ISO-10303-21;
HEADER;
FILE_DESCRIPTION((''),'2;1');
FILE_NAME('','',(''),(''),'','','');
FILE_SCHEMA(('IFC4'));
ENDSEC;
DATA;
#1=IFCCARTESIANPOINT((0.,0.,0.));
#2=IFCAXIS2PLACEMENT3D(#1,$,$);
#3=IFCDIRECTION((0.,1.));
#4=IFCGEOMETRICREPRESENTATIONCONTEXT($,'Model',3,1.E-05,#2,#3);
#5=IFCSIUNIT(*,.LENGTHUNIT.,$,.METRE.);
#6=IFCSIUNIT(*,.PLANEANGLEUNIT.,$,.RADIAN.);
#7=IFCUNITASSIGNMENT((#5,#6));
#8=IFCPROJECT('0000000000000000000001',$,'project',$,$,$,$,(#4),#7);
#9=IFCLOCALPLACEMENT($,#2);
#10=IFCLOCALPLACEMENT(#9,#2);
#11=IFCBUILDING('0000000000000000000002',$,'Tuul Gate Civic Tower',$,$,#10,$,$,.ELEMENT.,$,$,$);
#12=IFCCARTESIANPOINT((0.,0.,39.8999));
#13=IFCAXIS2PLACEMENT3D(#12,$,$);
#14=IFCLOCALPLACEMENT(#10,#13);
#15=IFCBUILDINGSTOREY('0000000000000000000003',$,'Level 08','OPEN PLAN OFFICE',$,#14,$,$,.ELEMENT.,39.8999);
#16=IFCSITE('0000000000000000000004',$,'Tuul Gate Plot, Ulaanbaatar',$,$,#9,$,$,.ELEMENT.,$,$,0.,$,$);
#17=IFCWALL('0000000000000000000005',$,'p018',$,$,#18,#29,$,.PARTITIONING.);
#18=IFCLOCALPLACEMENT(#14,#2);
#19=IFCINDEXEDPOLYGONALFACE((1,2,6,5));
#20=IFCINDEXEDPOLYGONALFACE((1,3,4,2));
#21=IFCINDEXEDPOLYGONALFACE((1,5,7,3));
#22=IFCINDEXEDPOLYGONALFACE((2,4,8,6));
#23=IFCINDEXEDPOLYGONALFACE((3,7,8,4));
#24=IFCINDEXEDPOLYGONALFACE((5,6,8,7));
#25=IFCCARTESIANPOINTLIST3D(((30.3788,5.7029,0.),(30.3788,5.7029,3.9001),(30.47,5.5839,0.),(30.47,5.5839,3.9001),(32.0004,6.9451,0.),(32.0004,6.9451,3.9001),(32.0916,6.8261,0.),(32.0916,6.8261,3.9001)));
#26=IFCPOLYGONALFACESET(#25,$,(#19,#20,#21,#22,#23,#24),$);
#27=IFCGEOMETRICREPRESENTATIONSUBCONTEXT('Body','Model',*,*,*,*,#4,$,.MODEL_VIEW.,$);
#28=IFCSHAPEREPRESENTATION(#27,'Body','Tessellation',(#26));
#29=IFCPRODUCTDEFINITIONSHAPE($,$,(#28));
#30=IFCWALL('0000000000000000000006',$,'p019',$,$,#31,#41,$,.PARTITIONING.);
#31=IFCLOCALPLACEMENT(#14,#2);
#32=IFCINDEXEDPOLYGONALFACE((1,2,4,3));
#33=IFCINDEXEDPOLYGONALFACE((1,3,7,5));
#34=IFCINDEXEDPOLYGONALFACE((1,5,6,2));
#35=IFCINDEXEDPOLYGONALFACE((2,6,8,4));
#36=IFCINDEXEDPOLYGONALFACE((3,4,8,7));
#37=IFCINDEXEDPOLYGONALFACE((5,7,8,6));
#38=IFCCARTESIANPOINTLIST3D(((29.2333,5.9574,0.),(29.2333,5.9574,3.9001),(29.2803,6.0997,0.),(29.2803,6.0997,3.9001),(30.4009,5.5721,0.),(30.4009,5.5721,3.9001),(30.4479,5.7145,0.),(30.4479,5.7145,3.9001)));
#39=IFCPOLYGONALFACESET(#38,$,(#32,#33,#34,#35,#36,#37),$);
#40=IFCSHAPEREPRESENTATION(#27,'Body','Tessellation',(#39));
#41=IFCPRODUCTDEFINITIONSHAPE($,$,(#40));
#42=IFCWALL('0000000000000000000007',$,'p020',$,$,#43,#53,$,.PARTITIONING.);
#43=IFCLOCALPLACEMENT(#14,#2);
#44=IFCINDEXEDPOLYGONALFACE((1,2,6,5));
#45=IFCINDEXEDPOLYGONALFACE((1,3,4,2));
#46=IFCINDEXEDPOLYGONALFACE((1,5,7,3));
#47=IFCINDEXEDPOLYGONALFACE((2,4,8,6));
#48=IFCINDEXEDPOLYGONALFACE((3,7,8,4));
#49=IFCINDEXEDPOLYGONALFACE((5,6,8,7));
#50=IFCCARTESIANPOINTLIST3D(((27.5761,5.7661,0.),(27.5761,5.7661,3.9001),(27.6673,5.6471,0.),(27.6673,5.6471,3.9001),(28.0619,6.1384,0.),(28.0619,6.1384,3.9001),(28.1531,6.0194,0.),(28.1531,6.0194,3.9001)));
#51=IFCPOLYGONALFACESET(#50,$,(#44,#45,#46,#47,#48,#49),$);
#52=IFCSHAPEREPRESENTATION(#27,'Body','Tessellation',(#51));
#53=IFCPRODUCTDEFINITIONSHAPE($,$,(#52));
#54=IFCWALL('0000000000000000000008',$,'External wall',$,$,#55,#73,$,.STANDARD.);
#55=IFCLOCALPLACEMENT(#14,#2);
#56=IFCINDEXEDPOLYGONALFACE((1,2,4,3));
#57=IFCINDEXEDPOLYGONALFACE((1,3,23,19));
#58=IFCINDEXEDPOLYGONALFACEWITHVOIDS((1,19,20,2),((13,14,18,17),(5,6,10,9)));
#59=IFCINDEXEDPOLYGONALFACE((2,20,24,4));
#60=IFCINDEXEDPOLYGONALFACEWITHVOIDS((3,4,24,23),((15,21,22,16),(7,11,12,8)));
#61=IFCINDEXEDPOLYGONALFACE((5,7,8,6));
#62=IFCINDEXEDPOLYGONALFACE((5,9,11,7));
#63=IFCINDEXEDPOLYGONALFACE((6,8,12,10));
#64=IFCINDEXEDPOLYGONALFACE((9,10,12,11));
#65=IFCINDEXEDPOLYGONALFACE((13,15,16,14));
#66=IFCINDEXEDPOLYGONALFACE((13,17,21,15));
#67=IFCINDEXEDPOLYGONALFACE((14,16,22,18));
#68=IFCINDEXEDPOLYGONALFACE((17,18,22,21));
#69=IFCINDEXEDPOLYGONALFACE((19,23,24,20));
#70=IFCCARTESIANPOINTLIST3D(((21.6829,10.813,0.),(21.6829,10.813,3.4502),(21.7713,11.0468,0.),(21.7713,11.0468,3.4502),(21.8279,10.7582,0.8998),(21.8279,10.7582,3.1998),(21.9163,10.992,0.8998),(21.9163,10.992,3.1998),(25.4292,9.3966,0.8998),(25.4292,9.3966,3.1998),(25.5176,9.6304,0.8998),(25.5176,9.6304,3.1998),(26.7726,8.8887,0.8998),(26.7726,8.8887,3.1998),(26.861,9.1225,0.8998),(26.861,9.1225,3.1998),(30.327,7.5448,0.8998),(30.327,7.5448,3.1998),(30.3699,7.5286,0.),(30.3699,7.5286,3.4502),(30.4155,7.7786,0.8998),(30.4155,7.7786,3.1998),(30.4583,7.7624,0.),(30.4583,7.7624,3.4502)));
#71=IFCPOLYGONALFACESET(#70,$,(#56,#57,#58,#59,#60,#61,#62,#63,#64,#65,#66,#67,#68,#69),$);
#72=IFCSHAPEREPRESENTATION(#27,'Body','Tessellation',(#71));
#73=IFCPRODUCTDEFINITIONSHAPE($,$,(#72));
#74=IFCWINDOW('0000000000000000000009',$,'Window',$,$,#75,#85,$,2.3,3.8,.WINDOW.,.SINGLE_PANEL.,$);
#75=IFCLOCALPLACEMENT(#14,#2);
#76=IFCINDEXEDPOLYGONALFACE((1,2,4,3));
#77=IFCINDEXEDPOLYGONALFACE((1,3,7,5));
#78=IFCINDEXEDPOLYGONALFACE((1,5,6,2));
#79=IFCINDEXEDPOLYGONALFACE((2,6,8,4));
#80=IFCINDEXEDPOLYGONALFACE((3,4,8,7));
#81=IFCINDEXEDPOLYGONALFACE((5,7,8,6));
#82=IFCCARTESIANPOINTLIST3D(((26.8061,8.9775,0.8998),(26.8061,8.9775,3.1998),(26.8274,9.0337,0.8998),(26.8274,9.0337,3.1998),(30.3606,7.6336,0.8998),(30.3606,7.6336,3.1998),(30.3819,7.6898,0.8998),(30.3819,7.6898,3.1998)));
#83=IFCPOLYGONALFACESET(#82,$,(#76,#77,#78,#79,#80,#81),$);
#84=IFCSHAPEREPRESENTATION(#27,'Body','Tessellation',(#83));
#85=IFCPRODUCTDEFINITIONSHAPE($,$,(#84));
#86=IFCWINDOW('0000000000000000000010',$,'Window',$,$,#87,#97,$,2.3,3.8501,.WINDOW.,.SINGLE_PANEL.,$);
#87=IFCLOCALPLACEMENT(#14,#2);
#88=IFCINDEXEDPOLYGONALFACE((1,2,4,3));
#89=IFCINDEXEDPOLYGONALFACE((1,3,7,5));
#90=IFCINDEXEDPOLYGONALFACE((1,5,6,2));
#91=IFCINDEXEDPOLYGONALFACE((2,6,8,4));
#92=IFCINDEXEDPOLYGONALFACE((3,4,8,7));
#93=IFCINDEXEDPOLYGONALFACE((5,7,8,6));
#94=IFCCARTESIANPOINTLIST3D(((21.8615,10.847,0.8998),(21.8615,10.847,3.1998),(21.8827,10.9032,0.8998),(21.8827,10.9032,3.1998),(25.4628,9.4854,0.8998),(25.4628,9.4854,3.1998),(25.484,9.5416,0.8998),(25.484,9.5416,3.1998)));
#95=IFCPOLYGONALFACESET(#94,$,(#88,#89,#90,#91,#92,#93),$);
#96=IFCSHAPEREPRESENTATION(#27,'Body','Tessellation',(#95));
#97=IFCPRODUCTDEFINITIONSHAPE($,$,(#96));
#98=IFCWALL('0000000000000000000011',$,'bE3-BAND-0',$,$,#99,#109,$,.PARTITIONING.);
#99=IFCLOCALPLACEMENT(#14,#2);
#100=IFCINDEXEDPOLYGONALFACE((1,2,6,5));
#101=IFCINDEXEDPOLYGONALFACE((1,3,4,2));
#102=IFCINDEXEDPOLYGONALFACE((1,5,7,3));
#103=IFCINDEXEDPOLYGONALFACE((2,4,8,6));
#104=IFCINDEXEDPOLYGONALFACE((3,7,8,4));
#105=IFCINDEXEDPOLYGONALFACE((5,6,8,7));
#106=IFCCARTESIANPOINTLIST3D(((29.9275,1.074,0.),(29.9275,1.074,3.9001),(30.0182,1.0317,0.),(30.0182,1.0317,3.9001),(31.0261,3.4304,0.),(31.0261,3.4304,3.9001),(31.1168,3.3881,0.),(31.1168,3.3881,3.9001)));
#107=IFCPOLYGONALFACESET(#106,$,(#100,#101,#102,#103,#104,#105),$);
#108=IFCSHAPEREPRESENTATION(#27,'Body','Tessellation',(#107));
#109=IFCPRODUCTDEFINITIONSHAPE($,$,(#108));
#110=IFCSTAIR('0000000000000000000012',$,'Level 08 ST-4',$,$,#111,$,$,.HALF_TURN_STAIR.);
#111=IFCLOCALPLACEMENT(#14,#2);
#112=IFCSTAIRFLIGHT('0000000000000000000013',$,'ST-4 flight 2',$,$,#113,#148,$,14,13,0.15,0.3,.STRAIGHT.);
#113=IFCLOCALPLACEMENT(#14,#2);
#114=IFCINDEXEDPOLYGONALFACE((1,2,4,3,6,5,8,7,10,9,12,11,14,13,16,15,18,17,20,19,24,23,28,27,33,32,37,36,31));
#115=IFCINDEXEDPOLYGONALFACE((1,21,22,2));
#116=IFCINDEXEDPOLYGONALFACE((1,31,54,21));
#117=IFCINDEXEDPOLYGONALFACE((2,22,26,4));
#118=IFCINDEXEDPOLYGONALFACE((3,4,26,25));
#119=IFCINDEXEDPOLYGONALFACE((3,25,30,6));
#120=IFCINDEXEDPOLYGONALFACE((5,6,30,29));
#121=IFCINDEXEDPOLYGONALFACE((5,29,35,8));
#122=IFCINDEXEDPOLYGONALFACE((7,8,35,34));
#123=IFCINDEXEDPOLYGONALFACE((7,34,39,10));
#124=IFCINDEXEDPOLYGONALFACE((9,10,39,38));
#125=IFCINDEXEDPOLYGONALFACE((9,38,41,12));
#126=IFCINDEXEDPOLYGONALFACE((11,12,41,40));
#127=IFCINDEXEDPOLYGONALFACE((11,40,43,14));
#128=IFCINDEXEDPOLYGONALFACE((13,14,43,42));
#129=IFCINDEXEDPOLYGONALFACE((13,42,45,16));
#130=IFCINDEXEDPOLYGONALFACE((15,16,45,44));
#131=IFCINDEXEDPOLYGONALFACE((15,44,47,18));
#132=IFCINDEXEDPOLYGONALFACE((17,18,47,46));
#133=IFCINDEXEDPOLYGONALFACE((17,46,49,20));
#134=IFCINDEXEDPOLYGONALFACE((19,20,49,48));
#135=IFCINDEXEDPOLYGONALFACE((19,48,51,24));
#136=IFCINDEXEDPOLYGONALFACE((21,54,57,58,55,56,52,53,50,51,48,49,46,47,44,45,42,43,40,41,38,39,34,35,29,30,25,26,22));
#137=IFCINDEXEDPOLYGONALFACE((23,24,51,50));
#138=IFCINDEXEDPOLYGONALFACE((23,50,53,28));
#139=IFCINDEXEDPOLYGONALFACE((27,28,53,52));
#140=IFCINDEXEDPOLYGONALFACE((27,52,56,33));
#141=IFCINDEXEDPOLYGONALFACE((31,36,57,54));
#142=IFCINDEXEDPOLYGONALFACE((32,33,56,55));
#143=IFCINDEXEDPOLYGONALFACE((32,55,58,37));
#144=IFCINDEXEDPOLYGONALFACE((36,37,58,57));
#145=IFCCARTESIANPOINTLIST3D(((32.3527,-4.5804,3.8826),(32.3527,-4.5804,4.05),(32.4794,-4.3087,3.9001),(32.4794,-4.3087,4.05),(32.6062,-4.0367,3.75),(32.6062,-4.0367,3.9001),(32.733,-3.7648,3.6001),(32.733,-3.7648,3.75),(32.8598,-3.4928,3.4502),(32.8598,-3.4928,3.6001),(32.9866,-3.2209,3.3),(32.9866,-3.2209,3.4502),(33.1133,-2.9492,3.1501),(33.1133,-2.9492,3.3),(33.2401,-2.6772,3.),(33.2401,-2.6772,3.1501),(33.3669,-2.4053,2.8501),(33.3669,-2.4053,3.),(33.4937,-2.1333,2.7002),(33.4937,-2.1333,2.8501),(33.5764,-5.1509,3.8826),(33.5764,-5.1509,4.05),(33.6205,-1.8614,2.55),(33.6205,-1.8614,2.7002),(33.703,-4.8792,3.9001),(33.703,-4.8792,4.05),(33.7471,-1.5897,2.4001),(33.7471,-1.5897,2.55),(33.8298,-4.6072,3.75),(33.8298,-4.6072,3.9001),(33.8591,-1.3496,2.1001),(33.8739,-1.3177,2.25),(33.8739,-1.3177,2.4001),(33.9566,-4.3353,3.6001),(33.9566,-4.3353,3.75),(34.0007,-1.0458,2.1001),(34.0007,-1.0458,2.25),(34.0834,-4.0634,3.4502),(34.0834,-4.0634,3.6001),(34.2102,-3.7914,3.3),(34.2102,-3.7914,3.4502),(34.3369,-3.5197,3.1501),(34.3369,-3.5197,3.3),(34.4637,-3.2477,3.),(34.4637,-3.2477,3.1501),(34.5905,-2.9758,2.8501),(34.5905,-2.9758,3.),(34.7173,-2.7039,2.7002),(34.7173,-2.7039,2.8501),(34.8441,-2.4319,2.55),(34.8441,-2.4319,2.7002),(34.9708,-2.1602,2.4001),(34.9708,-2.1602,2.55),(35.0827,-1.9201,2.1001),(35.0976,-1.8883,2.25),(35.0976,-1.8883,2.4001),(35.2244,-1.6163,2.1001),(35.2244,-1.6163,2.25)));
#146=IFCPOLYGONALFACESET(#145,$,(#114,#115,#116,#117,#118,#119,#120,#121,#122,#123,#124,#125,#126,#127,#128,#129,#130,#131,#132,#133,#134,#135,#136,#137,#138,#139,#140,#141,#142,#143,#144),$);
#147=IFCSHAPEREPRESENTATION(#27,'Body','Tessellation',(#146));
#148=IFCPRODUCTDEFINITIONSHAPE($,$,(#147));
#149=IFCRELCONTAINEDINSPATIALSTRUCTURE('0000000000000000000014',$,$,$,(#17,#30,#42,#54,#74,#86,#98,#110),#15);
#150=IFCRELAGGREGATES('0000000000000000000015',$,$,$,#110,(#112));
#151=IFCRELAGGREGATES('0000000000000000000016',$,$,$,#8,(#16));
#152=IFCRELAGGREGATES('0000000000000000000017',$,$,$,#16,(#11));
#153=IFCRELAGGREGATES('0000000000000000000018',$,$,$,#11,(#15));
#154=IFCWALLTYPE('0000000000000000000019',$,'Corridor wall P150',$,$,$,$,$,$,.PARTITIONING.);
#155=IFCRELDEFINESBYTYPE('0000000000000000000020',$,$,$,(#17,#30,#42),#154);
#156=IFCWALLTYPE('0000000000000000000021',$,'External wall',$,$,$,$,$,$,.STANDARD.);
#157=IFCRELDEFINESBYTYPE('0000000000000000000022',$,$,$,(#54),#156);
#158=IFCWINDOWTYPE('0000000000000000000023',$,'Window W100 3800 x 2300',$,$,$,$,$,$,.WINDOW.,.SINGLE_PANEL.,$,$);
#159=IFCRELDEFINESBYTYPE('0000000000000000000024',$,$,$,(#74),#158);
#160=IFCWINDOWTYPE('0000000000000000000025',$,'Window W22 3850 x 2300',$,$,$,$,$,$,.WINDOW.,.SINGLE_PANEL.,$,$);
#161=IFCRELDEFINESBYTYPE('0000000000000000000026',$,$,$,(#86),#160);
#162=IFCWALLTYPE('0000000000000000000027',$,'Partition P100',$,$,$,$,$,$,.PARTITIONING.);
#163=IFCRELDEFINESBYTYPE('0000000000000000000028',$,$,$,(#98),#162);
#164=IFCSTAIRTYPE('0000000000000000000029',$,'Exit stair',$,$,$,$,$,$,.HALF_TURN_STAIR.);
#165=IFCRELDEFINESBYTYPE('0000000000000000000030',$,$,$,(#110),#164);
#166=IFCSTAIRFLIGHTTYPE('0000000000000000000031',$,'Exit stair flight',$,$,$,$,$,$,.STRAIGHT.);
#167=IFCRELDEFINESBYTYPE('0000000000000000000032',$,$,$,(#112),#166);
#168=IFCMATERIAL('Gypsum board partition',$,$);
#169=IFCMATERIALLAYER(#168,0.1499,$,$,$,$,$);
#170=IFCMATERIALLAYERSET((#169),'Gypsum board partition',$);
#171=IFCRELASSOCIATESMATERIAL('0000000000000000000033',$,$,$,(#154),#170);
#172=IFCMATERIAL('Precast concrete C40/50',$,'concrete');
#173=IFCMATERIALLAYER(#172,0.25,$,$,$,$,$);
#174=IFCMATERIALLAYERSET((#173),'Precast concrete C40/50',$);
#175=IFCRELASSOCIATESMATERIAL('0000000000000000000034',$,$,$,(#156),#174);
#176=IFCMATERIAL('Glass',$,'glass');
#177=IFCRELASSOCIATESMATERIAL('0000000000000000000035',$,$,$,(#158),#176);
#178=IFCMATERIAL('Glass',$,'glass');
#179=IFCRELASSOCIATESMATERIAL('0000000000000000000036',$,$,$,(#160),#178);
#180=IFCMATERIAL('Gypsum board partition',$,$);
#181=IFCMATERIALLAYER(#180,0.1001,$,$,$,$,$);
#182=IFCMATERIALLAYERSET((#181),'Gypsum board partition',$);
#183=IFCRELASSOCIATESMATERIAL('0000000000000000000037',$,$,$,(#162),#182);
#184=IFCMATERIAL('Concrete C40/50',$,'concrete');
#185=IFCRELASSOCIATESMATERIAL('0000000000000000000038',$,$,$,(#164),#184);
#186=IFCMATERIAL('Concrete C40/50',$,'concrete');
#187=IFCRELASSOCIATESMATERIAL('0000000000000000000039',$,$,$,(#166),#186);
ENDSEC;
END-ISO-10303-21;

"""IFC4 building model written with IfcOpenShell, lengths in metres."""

from ifc_helpers import new_model, si_unit, direction, frame, frame_2d, origin, place, context, subcontext, project, spatial, polyline, rectangle, outline, extrude, material, layer, layer_set, type_object, element, fill, aggregate, save


model = new_model("IFC4")

# Units and contexts
model_context = context("Model", 3, precision=1e-05, world=origin(), true_north=direction((0.0, 1.0)))
body_context = subcontext(model_context, "Body", "Model", "MODEL_VIEW")
ifc_project = project(units=[si_unit("LENGTHUNIT", "METRE"), si_unit("PLANEANGLEUNIT", "RADIAN")], contexts=[model_context])

# Site, building, storey
site_placement = place(None, origin())
site = spatial("IfcSite", under=ifc_project, at=site_placement, Name="Tuul Gate Plot, Ulaanbaatar", CompositionType="ELEMENT", RefElevation=0.0)
building_placement = place(site_placement, origin())
building = spatial("IfcBuilding", under=site, at=building_placement, Name="Tuul Gate Civic Tower", CompositionType="ELEMENT")
storey_placement = place(building_placement, frame((0.0, 0.0, 39.8999)))
storey = spatial("IfcBuildingStorey", under=building, at=storey_placement, Name="Level 08", Description="OPEN PLAN OFFICE", CompositionType="ELEMENT", Elevation=39.8999)

# Walls
ifc_material_1 = material(Name="Gypsum board partition")
ifc_layer_1 = layer(ifc_material_1, 0.1499)
ifc_layer_set_1 = layer_set([ifc_layer_1], Name="Gypsum board partition")
wall_type_1 = type_object("IfcWallType", Name="Corridor wall P150", PredefinedType="PARTITIONING", material=ifc_layer_set_1)
wall_1_placement = place(storey_placement, frame((30.4243, 5.6433, 0.0), z_axis=(0.0, 0.0, 1.0), x_axis=(0.793849, 0.608115, 0.0)))
element("IfcWall", 1, at=wall_1_placement, inside=storey, type_object=wall_type_1, Name="p018", PredefinedType="PARTITIONING", context=body_context, shape_type="SweptSolid", body=[
    extrude(rectangle(XDim=2.0427, YDim=0.1499, at=frame_2d((1.0215, 0.0))), origin(), (0.0, 0.0, 1.0), 3.9001),
])
wall_2_placement = place(storey_placement, frame((29.2568, 6.0286, 0.0), z_axis=(0.0, 0.0, 1.0), x_axis=(0.949632, -0.313367, 0.0)))
element("IfcWall", 2, at=wall_2_placement, inside=storey, type_object=wall_type_1, Name="p019", PredefinedType="PARTITIONING", context=body_context, shape_type="SweptSolid", body=[
    extrude(rectangle(XDim=1.2295, YDim=0.1499, at=frame_2d((0.6147, 0.0))), origin(), (0.0, 0.0, 1.0), 3.9001),
])
wall_3_placement = place(storey_placement, frame((27.6216, 5.7065, 0.0), z_axis=(0.0, 0.0, 1.0), x_axis=(0.793735, 0.608264, 0.0)))
element("IfcWall", 3, at=wall_3_placement, inside=storey, type_object=wall_type_1, Name="p020", PredefinedType="PARTITIONING", context=body_context, shape_type="SweptSolid", body=[
    extrude(rectangle(XDim=0.6121, YDim=0.1499, at=frame_2d((0.3062, 0.0))), origin(), (0.0, 0.0, 1.0), 3.9001),
])

# Wall, openings, windows
ifc_material_2 = material(Name="Precast concrete C40/50", Category="concrete")
ifc_layer_2 = layer(ifc_material_2, 0.25)
ifc_layer_set_2 = layer_set([ifc_layer_2], Name="Precast concrete C40/50")
wall_type_2 = type_object("IfcWallType", Name="External wall", PredefinedType="STANDARD", material=ifc_layer_set_2)
wall_4_placement = place(storey_placement, frame((30.4141, 7.6455, 0.0), z_axis=(0.0, 0.0, 1.0), x_axis=(-0.935377, 0.353652, 0.0)))
wall_4 = element("IfcWall", 4, at=wall_4_placement, inside=storey, type_object=wall_type_2, Name="External wall", PredefinedType="STANDARD", context=body_context, shape_type="SweptSolid", body=[
    extrude(rectangle(XDim=9.2871, YDim=0.25, at=frame_2d((4.6436, 0.0))), origin(), (0.0, 0.0, 1.0), 3.4502),
])
opening_1_placement = place(wall_4_placement, frame((0.0459, 0.0, 0.8999)))
opening_1 = element("IfcOpeningElement", 5, at=opening_1_placement, cuts=wall_4, PredefinedType="OPENING", context=body_context, shape_type="SweptSolid", body=[
    extrude(rectangle(XDim=3.8, YDim=2.3, at=frame_2d((1.8999, 1.1499))), frame((0.0, 0.135, 0.0), z_axis=(0.0, -1.0, 0.0), x_axis=(1.0, 0.0, 0.0)), (0.0, 0.0, 1.0), 0.27),
])
opening_2_placement = place(wall_4_placement, frame((5.282, 0.0, 0.8999)))
opening_2 = element("IfcOpeningElement", 6, at=opening_2_placement, cuts=wall_4, PredefinedType="OPENING", context=body_context, shape_type="SweptSolid", body=[
    extrude(rectangle(XDim=3.8501, YDim=2.3, at=frame_2d((1.925, 1.1499))), frame((0.0, 0.135, 0.0), z_axis=(0.0, -1.0, 0.0), x_axis=(1.0, 0.0, 0.0)), (0.0, 0.0, 1.0), 0.27),
])
ifc_material_3 = material(Name="Glass", Category="glass")
window_type_1 = type_object("IfcWindowType", Name="Window W100 3800 x 2300", PartitioningType="SINGLE_PANEL", PredefinedType="WINDOW", material=ifc_material_3)
window_1_placement = place(opening_1_placement, origin())
window_1 = element("IfcWindow", 7, at=window_1_placement, inside=storey, type_object=window_type_1, Name="Window", OverallHeight=2.3, OverallWidth=3.8, PartitioningType="SINGLE_PANEL", PredefinedType="WINDOW", context=body_context, shape_type="SweptSolid", body=[
    extrude(rectangle(XDim=3.8, YDim=2.3, at=frame_2d((1.8999, 1.1499))), frame((0.0, 0.03, 0.0), z_axis=(0.0, -1.0, 0.0), x_axis=(1.0, 0.0, 0.0)), (0.0, 0.0, 1.0), 0.0601),
])
fill(opening_1, window_1)
ifc_material_4 = material(Name="Glass", Category="glass")
window_type_2 = type_object("IfcWindowType", Name="Window W22 3850 x 2300", PartitioningType="SINGLE_PANEL", PredefinedType="WINDOW", material=ifc_material_4)
window_2_placement = place(opening_2_placement, origin())
window_2 = element("IfcWindow", 8, at=window_2_placement, inside=storey, type_object=window_type_2, Name="Window", OverallHeight=2.3, OverallWidth=3.8501, PartitioningType="SINGLE_PANEL", PredefinedType="WINDOW", context=body_context, shape_type="SweptSolid", body=[
    extrude(rectangle(XDim=3.8501, YDim=2.3, at=frame_2d((1.925, 1.1499))), frame((0.0, 0.03, 0.0), z_axis=(0.0, -1.0, 0.0), x_axis=(1.0, 0.0, 0.0)), (0.0, 0.0, 1.0), 0.0601),
])
fill(opening_2, window_2)

# Wall
ifc_material_5 = material(Name="Gypsum board partition")
ifc_layer_3 = layer(ifc_material_5, 0.1001)
ifc_layer_set_3 = layer_set([ifc_layer_3], Name="Gypsum board partition")
wall_type_3 = type_object("IfcWallType", Name="Partition P100", PredefinedType="PARTITIONING", material=ifc_layer_set_3)
wall_5_placement = place(storey_placement, frame((29.9729, 1.053, 0.0), z_axis=(0.0, 0.0, 1.0), x_axis=(0.422556, 0.906337, 0.0)))
element("IfcWall", 9, at=wall_5_placement, inside=storey, type_object=wall_type_3, Name="bE3-BAND-0", PredefinedType="PARTITIONING", context=body_context, shape_type="SweptSolid", body=[
    extrude(rectangle(XDim=2.5999, YDim=0.1001, at=frame_2d((1.2998, 0.0))), origin(), (0.0, 0.0, 1.0), 3.9001),
])

# Stair, stair flight
ifc_material_6 = material(Name="Concrete C40/50", Category="concrete")
stair_type = type_object("IfcStairType", Name="Exit stair", PredefinedType="HALF_TURN_STAIR", material=ifc_material_6)
stair_placement = place(storey_placement, origin())
stair = element("IfcStair", 10, at=stair_placement, inside=storey, type_object=stair_type, Name="Level 08 ST-4", PredefinedType="HALF_TURN_STAIR")
ifc_material_7 = material(Name="Concrete C40/50", Category="concrete")
stair_flight_type = type_object("IfcStairFlightType", Name="Exit stair flight", PredefinedType="STRAIGHT", material=ifc_material_7)
stair_flight_placement = place(storey_placement, frame((34.6125, -1.3311, 2.1001), z_axis=(0.0, 0.0, 1.0), x_axis=(-0.422576, -0.906327, 0.0)))
stair_flight = element("IfcStairFlight", 11, at=stair_flight_placement, type_object=stair_flight_type, Name="ST-4 flight 2", NumberOfRisers=14, NumberOfTreads=13, PredefinedType="STRAIGHT", RiserHeight=0.15, TreadLength=0.3, context=body_context, shape_type="SweptSolid", body=[
    extrude(outline(polyline([(0.0, 0.0), (0.0, 0.1499), (0.3, 0.1499), (0.3, 0.3), (0.6001, 0.3), (0.6001, 0.45), (0.8999, 0.45), (0.8999, 0.6001), (1.2, 0.6001), (1.2, 0.75), (1.5, 0.75), (1.5, 0.8999), (1.8, 0.8999), (1.8, 1.05), (2.1001, 1.05), (2.1001, 1.2), (2.3999, 1.2), (2.3999, 1.3501), (2.7, 1.3501), (2.7, 1.5), (3.0, 1.5), (3.0, 1.6499), (3.3, 1.6499), (3.3, 1.8), (3.6001, 1.8), (3.6001, 1.95), (3.8999, 1.95), (3.8999, 2.1001), (3.8999, 1.7825), (0.3352, 0.0), (0.0, 0.0)])), frame((0.0, 0.675, 0.0), z_axis=(0.0, -1.0, 0.0), x_axis=(1.0, 0.0, 0.0)), (0.0, 0.0, 1.0), 1.3501),
])
aggregate(stair, [stair_flight])

save(model, "model.ifc")
